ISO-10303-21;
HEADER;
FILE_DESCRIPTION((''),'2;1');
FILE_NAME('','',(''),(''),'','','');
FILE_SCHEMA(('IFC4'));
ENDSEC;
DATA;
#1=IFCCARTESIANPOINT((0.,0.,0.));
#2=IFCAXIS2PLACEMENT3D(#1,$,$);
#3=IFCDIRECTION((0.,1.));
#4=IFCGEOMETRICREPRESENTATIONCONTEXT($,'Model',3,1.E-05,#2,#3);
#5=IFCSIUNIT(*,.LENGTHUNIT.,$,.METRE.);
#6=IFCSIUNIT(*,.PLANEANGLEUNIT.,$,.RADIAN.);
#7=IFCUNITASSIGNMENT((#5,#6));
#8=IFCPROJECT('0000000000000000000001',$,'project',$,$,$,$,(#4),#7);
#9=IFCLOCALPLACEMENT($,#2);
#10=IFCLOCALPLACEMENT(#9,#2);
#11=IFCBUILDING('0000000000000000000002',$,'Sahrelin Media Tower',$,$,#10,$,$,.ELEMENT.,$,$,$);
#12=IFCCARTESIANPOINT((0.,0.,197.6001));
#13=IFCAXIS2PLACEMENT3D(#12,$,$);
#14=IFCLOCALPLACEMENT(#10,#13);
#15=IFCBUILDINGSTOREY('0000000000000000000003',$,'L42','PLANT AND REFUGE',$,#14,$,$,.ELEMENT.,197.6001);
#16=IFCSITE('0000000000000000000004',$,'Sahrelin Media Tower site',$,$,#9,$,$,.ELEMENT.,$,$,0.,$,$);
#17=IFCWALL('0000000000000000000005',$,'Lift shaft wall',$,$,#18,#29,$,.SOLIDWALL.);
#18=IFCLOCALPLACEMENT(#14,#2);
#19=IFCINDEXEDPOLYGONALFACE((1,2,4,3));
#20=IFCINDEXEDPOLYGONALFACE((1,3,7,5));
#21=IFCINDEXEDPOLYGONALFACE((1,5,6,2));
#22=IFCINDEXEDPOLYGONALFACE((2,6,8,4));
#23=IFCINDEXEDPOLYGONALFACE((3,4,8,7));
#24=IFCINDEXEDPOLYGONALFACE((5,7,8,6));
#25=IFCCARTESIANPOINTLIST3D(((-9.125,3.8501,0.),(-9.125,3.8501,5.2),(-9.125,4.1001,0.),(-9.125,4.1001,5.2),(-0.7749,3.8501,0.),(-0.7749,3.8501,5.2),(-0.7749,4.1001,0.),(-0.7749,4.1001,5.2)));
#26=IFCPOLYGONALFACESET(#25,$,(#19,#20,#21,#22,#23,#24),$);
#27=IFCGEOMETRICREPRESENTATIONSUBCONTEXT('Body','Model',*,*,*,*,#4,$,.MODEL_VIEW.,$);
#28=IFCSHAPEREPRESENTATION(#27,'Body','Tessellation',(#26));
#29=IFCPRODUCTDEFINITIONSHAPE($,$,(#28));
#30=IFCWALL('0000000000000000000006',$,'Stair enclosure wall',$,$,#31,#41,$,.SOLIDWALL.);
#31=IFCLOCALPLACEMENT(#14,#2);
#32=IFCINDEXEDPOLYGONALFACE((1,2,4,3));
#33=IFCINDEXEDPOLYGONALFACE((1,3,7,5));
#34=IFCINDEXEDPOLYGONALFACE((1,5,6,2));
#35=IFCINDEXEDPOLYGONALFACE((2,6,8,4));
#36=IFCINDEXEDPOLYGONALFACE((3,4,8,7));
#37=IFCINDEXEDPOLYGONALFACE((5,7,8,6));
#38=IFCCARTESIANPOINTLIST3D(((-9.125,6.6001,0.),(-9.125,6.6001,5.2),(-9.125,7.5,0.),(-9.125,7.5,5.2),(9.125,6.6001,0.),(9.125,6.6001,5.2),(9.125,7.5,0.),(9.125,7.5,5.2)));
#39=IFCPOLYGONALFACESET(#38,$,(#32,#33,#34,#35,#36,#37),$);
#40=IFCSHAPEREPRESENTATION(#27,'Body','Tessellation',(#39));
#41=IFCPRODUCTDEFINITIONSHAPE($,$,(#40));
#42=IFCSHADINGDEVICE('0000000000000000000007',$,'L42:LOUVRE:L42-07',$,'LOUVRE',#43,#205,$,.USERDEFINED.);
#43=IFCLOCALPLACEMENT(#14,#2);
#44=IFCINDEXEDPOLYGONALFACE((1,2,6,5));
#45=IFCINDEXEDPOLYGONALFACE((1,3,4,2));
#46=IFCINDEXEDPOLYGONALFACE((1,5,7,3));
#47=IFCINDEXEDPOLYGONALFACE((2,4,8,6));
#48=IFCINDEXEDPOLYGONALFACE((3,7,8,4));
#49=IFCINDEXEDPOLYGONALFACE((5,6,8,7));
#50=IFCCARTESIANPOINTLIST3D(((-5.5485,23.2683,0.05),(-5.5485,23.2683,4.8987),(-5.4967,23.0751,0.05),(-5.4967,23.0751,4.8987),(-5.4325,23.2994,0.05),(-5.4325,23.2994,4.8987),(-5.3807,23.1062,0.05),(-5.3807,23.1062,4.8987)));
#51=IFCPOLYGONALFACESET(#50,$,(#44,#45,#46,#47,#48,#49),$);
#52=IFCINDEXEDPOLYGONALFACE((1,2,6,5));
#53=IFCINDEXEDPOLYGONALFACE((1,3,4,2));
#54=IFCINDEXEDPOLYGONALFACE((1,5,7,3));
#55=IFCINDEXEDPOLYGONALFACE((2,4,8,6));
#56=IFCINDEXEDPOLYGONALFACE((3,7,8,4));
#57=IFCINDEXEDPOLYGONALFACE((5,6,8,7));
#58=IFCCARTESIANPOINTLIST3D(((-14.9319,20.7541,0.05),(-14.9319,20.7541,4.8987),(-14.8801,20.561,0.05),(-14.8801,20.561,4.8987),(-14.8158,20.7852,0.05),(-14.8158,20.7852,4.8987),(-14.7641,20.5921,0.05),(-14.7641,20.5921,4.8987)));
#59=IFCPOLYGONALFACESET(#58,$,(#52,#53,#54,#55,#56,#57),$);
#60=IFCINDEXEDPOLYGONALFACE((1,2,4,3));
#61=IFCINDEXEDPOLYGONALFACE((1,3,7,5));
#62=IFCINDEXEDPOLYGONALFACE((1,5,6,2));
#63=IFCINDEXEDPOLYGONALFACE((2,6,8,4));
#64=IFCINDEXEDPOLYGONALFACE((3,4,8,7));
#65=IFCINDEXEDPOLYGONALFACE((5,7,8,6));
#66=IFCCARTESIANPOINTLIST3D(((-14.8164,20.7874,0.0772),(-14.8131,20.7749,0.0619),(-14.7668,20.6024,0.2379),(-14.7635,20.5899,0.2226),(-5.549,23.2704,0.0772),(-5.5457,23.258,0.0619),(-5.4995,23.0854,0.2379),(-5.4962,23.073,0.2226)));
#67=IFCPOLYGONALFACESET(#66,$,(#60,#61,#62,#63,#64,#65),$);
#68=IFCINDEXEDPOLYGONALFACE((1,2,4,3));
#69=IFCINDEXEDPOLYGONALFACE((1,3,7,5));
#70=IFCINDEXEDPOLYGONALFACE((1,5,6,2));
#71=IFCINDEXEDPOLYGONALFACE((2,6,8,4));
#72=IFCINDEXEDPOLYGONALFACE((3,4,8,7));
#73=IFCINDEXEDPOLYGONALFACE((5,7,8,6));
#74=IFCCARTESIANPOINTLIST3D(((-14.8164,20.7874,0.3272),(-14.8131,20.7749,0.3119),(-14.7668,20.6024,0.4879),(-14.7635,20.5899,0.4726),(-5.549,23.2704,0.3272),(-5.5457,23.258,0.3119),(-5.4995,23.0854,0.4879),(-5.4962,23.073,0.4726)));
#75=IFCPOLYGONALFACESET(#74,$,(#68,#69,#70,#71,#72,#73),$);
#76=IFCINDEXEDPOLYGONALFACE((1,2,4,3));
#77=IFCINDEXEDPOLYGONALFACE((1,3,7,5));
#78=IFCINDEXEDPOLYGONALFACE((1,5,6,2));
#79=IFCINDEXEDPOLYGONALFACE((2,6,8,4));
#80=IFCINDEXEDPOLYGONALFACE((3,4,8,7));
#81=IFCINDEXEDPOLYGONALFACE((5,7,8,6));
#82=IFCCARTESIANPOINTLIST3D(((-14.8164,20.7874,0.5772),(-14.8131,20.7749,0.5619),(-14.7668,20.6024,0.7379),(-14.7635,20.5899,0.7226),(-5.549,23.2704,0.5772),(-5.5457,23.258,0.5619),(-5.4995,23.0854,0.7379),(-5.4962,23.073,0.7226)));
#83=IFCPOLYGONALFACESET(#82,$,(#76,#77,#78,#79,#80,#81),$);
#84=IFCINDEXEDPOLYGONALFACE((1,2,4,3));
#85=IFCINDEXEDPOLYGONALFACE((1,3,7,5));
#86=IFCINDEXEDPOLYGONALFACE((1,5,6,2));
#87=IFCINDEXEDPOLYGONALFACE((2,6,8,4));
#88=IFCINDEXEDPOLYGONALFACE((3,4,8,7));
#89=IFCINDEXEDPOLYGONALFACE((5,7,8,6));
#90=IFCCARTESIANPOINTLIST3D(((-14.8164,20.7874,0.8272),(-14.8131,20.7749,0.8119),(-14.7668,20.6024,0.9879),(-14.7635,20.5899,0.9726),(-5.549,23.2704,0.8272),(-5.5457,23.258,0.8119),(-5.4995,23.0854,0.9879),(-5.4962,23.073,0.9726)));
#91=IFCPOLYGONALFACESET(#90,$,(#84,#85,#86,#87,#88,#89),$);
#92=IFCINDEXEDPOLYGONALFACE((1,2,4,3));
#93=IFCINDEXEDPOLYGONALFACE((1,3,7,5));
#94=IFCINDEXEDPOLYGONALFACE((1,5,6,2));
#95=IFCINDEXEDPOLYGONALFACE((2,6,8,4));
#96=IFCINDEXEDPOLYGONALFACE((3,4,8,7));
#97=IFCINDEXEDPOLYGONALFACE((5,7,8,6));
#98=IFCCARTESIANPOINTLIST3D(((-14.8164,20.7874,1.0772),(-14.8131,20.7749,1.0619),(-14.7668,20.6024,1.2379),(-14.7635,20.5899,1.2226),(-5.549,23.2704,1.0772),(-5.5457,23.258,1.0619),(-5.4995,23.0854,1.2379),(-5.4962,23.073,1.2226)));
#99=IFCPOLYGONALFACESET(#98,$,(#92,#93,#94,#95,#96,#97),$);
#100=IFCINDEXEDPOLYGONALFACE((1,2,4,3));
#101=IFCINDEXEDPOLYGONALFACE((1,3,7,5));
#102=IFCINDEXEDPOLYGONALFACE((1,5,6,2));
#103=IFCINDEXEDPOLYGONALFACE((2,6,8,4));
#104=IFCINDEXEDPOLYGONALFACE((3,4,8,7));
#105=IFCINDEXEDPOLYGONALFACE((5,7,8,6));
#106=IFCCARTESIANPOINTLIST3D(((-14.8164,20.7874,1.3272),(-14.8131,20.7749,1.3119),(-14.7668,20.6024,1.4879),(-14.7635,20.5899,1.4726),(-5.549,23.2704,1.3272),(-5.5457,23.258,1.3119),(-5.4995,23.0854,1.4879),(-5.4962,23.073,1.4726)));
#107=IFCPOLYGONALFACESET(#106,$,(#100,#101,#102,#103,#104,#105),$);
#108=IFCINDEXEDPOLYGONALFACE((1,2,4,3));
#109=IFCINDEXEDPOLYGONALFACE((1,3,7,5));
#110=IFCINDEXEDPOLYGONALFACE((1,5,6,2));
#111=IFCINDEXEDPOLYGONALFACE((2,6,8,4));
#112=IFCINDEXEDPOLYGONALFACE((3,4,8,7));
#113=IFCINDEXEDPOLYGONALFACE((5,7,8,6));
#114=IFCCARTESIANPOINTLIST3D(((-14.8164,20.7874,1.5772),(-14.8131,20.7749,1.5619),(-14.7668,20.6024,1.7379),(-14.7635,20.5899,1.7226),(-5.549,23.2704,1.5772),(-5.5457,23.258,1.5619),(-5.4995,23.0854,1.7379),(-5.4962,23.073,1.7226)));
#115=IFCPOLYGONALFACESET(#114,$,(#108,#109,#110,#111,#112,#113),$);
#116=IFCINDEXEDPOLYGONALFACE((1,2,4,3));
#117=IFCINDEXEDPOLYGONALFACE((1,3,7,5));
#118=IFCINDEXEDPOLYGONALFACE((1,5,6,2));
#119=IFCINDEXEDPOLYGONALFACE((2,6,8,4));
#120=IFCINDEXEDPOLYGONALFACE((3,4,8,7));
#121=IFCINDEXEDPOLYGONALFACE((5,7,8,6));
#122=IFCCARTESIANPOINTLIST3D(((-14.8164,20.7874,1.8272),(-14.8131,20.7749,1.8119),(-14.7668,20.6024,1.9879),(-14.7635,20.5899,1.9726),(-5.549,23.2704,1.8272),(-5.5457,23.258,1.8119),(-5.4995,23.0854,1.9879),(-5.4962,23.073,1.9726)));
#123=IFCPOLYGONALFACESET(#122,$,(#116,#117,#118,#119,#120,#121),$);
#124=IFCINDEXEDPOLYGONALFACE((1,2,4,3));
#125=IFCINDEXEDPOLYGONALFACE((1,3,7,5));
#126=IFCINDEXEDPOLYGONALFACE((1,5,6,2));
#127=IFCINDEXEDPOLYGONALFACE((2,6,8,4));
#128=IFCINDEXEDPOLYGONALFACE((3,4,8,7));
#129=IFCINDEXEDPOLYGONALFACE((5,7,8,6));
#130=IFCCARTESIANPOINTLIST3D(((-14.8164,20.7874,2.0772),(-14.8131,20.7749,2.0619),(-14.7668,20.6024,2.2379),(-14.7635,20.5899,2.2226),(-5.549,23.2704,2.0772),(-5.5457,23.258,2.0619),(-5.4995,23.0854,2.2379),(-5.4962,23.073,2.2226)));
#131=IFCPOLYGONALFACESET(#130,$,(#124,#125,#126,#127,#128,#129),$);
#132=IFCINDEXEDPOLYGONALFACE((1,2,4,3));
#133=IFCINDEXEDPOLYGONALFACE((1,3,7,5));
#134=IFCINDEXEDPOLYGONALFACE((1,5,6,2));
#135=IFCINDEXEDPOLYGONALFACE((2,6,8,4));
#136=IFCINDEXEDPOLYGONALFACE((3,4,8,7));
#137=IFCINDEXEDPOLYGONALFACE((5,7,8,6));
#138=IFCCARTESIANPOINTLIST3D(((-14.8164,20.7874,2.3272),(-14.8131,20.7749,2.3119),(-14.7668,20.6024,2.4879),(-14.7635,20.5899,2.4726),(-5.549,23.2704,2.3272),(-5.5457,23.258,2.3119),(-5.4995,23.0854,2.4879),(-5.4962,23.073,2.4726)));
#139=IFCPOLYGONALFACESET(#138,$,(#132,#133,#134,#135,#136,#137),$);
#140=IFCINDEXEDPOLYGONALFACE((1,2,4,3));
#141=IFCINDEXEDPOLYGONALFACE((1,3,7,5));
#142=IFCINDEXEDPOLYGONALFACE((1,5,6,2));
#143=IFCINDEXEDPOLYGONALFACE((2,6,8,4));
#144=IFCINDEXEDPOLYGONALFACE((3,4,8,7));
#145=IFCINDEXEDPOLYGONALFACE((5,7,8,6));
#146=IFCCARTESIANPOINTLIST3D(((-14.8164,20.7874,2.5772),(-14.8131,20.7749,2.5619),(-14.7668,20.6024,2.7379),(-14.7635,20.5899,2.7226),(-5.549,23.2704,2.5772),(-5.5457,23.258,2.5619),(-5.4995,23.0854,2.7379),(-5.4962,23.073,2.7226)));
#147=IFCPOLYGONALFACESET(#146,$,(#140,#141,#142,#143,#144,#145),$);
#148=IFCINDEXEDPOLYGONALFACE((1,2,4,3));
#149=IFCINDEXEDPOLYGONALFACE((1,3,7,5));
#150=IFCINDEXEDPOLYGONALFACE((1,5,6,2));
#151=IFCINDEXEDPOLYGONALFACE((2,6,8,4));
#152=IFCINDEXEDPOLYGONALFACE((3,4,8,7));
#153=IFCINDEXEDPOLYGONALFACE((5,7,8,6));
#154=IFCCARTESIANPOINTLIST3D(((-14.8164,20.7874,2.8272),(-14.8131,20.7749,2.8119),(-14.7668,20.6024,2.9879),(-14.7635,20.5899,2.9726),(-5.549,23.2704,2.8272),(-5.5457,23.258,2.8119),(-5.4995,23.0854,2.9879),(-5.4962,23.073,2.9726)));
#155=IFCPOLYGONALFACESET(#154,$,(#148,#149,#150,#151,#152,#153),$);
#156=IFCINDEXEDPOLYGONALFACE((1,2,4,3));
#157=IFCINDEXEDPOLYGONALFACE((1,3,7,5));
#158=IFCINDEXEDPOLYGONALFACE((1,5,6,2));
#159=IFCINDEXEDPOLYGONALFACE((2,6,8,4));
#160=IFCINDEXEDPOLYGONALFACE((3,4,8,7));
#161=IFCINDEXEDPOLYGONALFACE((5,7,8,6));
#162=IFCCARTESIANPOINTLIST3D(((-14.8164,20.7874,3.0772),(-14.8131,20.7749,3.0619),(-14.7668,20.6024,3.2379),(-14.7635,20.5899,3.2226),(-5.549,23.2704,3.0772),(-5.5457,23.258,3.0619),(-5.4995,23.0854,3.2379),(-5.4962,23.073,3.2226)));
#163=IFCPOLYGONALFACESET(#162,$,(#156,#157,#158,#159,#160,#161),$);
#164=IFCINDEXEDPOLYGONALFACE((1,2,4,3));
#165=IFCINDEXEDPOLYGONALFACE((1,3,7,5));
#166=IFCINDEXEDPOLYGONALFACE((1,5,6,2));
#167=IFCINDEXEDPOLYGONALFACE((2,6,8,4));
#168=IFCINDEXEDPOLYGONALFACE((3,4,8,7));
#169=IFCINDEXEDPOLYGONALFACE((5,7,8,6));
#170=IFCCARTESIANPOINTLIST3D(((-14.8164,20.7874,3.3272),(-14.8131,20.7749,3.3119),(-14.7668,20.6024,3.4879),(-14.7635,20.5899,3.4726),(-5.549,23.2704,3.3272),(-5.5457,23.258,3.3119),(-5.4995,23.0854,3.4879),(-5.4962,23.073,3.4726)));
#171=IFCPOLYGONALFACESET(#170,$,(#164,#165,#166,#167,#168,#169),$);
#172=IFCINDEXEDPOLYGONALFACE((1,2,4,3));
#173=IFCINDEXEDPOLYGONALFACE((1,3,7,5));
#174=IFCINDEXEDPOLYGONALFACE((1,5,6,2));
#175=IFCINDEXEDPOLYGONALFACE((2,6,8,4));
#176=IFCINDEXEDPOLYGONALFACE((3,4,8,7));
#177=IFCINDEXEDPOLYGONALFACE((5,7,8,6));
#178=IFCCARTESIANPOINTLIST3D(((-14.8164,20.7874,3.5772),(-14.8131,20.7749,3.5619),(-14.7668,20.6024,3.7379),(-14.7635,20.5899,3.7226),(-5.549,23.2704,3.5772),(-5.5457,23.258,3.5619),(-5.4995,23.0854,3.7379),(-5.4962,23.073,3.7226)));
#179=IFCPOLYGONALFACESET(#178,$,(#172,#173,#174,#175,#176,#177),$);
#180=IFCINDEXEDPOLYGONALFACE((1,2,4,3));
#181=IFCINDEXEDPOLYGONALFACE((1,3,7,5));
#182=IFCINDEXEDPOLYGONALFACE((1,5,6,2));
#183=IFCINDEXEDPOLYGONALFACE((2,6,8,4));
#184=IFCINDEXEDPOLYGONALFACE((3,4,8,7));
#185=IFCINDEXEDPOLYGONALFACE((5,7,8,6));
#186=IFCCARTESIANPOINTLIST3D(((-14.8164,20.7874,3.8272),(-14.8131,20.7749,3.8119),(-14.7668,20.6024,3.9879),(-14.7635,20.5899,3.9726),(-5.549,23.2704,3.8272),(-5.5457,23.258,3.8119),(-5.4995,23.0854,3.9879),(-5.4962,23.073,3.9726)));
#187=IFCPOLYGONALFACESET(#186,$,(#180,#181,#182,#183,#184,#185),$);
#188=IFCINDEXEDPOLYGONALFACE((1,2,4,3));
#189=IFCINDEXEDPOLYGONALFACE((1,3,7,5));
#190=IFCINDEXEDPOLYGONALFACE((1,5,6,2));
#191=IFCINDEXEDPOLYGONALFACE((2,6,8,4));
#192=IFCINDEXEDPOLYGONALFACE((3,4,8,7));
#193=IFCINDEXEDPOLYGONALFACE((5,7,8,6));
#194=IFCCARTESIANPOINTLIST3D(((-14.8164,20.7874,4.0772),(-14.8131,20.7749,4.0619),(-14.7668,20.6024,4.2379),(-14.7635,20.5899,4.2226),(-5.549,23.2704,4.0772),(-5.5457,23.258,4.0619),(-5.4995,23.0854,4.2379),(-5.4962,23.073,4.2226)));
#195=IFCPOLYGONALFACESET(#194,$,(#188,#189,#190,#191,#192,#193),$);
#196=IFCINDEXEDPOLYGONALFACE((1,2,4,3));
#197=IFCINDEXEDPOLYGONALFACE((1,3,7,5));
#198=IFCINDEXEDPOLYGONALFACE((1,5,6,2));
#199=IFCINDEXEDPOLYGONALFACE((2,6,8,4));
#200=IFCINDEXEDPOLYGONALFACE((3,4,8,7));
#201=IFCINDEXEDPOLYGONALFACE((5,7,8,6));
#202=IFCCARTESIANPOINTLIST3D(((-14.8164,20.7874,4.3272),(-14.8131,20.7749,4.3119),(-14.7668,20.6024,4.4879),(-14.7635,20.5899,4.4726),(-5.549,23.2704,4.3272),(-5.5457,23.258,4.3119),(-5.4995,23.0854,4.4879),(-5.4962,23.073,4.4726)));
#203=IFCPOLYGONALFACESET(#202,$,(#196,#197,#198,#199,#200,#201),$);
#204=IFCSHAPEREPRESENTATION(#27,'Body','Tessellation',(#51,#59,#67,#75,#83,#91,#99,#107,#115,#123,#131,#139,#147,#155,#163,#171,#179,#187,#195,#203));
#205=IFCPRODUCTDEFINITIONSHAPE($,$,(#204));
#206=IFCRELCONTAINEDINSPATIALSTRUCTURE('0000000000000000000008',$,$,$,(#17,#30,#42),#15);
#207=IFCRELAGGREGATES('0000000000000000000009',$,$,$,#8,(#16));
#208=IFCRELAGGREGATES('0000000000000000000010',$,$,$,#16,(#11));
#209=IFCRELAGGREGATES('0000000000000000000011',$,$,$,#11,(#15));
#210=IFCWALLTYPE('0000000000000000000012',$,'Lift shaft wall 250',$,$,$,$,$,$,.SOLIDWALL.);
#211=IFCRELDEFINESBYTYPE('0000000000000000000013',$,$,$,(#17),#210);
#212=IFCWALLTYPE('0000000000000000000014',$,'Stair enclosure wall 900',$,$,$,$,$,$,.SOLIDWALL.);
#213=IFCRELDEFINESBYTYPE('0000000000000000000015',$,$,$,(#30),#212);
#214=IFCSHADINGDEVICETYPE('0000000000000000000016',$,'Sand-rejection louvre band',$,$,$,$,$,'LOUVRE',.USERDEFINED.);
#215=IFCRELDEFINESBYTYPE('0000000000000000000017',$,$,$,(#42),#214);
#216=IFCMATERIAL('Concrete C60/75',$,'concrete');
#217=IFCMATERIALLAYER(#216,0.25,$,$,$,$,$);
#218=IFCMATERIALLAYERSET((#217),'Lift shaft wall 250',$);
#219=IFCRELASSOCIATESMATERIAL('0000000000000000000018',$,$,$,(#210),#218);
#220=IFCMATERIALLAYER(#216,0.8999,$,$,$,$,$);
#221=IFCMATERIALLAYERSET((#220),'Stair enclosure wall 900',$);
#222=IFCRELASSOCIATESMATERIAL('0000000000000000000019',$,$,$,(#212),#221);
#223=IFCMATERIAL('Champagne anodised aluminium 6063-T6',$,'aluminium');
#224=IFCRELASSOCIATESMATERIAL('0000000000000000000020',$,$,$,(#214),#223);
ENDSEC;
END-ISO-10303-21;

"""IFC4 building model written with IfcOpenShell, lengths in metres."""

from ifc_helpers import new_model, si_unit, direction, frame, frame_2d, origin, origin_2d, place, context, subcontext, project, spatial, rectangle, extrude, material, layer, layer_set, type_object, element, save


model = new_model("IFC4")

# Units and contexts
model_context = context("Model", 3, precision=1e-05, world=origin(), true_north=direction((0.0, 1.0)))
body_context = subcontext(model_context, "Body", "Model", "MODEL_VIEW")
ifc_project = project(units=[si_unit("LENGTHUNIT", "METRE"), si_unit("PLANEANGLEUNIT", "RADIAN")], contexts=[model_context])

# Site, building, storey
site_placement = place(None, origin())
site = spatial("IfcSite", under=ifc_project, at=site_placement, Name="Sahrelin Media Tower site", CompositionType="ELEMENT", RefElevation=0.0)
building_placement = place(site_placement, origin())
building = spatial("IfcBuilding", under=site, at=building_placement, Name="Sahrelin Media Tower", CompositionType="ELEMENT")
storey_placement = place(building_placement, frame((0.0, 0.0, 197.6001)))
storey = spatial("IfcBuildingStorey", under=building, at=storey_placement, Name="L42", Description="PLANT AND REFUGE", CompositionType="ELEMENT", Elevation=197.6001)

# Shared definitions
ifc_material_1 = material(Name="Concrete C60/75", Category="concrete")

# Walls
ifc_layer_1 = layer(ifc_material_1, 0.25)
ifc_layer_set_1 = layer_set([ifc_layer_1], Name="Lift shaft wall 250")
wall_type_1 = type_object("IfcWallType", Name="Lift shaft wall 250", PredefinedType="SOLIDWALL", material=ifc_layer_set_1)
for number, where, z_axis, x_axis, name in (
    (1, (-9.125, 3.9751, 0.0), (0.0, 0.0, 1.0), (1.0, 0.0, 0.0), "Lift shaft wall"),
):
    element("IfcWall", number, at=place(storey_placement, frame(where, z_axis=z_axis, x_axis=x_axis)), inside=storey, type_object=wall_type_1, Name=name, PredefinedType="SOLIDWALL", context=body_context, shape_type="SweptSolid", body=[
        extrude(rectangle(XDim=8.3501, YDim=0.25, at=frame_2d((4.175, 0.0))), origin(), (0.0, 0.0, 1.0), 5.2),
    ])
ifc_layer_2 = layer(ifc_material_1, 0.8999)
ifc_layer_set_2 = layer_set([ifc_layer_2], Name="Stair enclosure wall 900")
wall_type_2 = type_object("IfcWallType", Name="Stair enclosure wall 900", PredefinedType="SOLIDWALL", material=ifc_layer_set_2)
wall_1_placement = place(storey_placement, frame((-9.125, 7.05, 0.0), z_axis=(0.0, 0.0, 1.0), x_axis=(1.0, 0.0, 0.0)))
element("IfcWall", 2, at=wall_1_placement, inside=storey, type_object=wall_type_2, Name="Stair enclosure wall", PredefinedType="SOLIDWALL", context=body_context, shape_type="SweptSolid", body=[
    extrude(rectangle(XDim=18.25, YDim=0.8999, at=frame_2d((9.125, 0.0))), origin(), (0.0, 0.0, 1.0), 5.2),
])

# Shading device
ifc_material_2 = material(Name="Champagne anodised aluminium 6063-T6", Category="aluminium")
shading_device_type = type_object("IfcShadingDeviceType", Name="Sand-rejection louvre band", ElementType="LOUVRE", PredefinedType="USERDEFINED", material=ifc_material_2)
shading_device_1_placement = place(storey_placement, frame((-10.1304, 21.8335, 0.0), z_axis=(0.0, 0.0, 1.0), x_axis=(0.965929, 0.258808, 0.0)))
element("IfcShadingDevice", 3, at=shading_device_1_placement, inside=storey, type_object=shading_device_type, Name="L42:LOUVRE:L42-07", ObjectType="LOUVRE", PredefinedType="USERDEFINED", context=body_context, shape_type="SweptSolid", body=[
    extrude(rectangle(XDim=0.1201, YDim=0.2, at=origin_2d()), frame((4.8572, 0.1001, 0.05), z_axis=(0.0, 0.0, 1.0), x_axis=(1.0, 0.0, 0.0)), (0.0, 0.0, 1.0), 4.8486),
    extrude(rectangle(XDim=0.1201, YDim=0.2, at=origin_2d()), frame((-4.8572, 0.1001, 0.05), z_axis=(0.0, 0.0, 1.0), x_axis=(1.0, 0.0, 0.0)), (0.0, 0.0, 1.0), 4.8486),
    extrude(rectangle(XDim=0.25, YDim=0.02, at=origin_2d()), frame((4.7971, 0.1001, 0.1499), z_axis=(-1.0, 0.0, 0.0), x_axis=(0.0, -0.766044, 0.642788)), (0.0, 0.0, 1.0), 9.5942),
    extrude(rectangle(XDim=0.25, YDim=0.02, at=origin_2d()), frame((4.7971, 0.1001, 0.3999), z_axis=(-1.0, 0.0, 0.0), x_axis=(0.0, -0.766044, 0.642788)), (0.0, 0.0, 1.0), 9.5942),
    extrude(rectangle(XDim=0.25, YDim=0.02, at=origin_2d()), frame((4.7971, 0.1001, 0.6499), z_axis=(-1.0, 0.0, 0.0), x_axis=(0.0, -0.766044, 0.642788)), (0.0, 0.0, 1.0), 9.5942),
    extrude(rectangle(XDim=0.25, YDim=0.02, at=origin_2d()), frame((4.7971, 0.1001, 0.8999), z_axis=(-1.0, 0.0, 0.0), x_axis=(0.0, -0.766044, 0.642788)), (0.0, 0.0, 1.0), 9.5942),
    extrude(rectangle(XDim=0.25, YDim=0.02, at=origin_2d()), frame((4.7971, 0.1001, 1.1499), z_axis=(-1.0, 0.0, 0.0), x_axis=(0.0, -0.766044, 0.642788)), (0.0, 0.0, 1.0), 9.5942),
    extrude(rectangle(XDim=0.25, YDim=0.02, at=origin_2d()), frame((4.7971, 0.1001, 1.3999), z_axis=(-1.0, 0.0, 0.0), x_axis=(0.0, -0.766044, 0.642788)), (0.0, 0.0, 1.0), 9.5942),
    extrude(rectangle(XDim=0.25, YDim=0.02, at=origin_2d()), frame((4.7971, 0.1001, 1.6499), z_axis=(-1.0, 0.0, 0.0), x_axis=(0.0, -0.766044, 0.642788)), (0.0, 0.0, 1.0), 9.5942),
    extrude(rectangle(XDim=0.25, YDim=0.02, at=origin_2d()), frame((4.7971, 0.1001, 1.8999), z_axis=(-1.0, 0.0, 0.0), x_axis=(0.0, -0.766044, 0.642788)), (0.0, 0.0, 1.0), 9.5942),
    extrude(rectangle(XDim=0.25, YDim=0.02, at=origin_2d()), frame((4.7971, 0.1001, 2.1499), z_axis=(-1.0, 0.0, 0.0), x_axis=(0.0, -0.766044, 0.642788)), (0.0, 0.0, 1.0), 9.5942),
    extrude(rectangle(XDim=0.25, YDim=0.02, at=origin_2d()), frame((4.7971, 0.1001, 2.3999), z_axis=(-1.0, 0.0, 0.0), x_axis=(0.0, -0.766044, 0.642788)), (0.0, 0.0, 1.0), 9.5942),
    extrude(rectangle(XDim=0.25, YDim=0.02, at=origin_2d()), frame((4.7971, 0.1001, 2.6499), z_axis=(-1.0, 0.0, 0.0), x_axis=(0.0, -0.766044, 0.642788)), (0.0, 0.0, 1.0), 9.5942),
    extrude(rectangle(XDim=0.25, YDim=0.02, at=origin_2d()), frame((4.7971, 0.1001, 2.8999), z_axis=(-1.0, 0.0, 0.0), x_axis=(0.0, -0.766044, 0.642788)), (0.0, 0.0, 1.0), 9.5942),
    extrude(rectangle(XDim=0.25, YDim=0.02, at=origin_2d()), frame((4.7971, 0.1001, 3.1499), z_axis=(-1.0, 0.0, 0.0), x_axis=(0.0, -0.766044, 0.642788)), (0.0, 0.0, 1.0), 9.5942),
    extrude(rectangle(XDim=0.25, YDim=0.02, at=origin_2d()), frame((4.7971, 0.1001, 3.3999), z_axis=(-1.0, 0.0, 0.0), x_axis=(0.0, -0.766044, 0.642788)), (0.0, 0.0, 1.0), 9.5942),
    extrude(rectangle(XDim=0.25, YDim=0.02, at=origin_2d()), frame((4.7971, 0.1001, 3.6499), z_axis=(-1.0, 0.0, 0.0), x_axis=(0.0, -0.766044, 0.642788)), (0.0, 0.0, 1.0), 9.5942),
    extrude(rectangle(XDim=0.25, YDim=0.02, at=origin_2d()), frame((4.7971, 0.1001, 3.8999), z_axis=(-1.0, 0.0, 0.0), x_axis=(0.0, -0.766044, 0.642788)), (0.0, 0.0, 1.0), 9.5942),
    extrude(rectangle(XDim=0.25, YDim=0.02, at=origin_2d()), frame((4.7971, 0.1001, 4.1499), z_axis=(-1.0, 0.0, 0.0), x_axis=(0.0, -0.766044, 0.642788)), (0.0, 0.0, 1.0), 9.5942),
    extrude(rectangle(XDim=0.25, YDim=0.02, at=origin_2d()), frame((4.7971, 0.1001, 4.3999), z_axis=(-1.0, 0.0, 0.0), x_axis=(0.0, -0.766044, 0.642788)), (0.0, 0.0, 1.0), 9.5942),
])

save(model, "model.ifc")
